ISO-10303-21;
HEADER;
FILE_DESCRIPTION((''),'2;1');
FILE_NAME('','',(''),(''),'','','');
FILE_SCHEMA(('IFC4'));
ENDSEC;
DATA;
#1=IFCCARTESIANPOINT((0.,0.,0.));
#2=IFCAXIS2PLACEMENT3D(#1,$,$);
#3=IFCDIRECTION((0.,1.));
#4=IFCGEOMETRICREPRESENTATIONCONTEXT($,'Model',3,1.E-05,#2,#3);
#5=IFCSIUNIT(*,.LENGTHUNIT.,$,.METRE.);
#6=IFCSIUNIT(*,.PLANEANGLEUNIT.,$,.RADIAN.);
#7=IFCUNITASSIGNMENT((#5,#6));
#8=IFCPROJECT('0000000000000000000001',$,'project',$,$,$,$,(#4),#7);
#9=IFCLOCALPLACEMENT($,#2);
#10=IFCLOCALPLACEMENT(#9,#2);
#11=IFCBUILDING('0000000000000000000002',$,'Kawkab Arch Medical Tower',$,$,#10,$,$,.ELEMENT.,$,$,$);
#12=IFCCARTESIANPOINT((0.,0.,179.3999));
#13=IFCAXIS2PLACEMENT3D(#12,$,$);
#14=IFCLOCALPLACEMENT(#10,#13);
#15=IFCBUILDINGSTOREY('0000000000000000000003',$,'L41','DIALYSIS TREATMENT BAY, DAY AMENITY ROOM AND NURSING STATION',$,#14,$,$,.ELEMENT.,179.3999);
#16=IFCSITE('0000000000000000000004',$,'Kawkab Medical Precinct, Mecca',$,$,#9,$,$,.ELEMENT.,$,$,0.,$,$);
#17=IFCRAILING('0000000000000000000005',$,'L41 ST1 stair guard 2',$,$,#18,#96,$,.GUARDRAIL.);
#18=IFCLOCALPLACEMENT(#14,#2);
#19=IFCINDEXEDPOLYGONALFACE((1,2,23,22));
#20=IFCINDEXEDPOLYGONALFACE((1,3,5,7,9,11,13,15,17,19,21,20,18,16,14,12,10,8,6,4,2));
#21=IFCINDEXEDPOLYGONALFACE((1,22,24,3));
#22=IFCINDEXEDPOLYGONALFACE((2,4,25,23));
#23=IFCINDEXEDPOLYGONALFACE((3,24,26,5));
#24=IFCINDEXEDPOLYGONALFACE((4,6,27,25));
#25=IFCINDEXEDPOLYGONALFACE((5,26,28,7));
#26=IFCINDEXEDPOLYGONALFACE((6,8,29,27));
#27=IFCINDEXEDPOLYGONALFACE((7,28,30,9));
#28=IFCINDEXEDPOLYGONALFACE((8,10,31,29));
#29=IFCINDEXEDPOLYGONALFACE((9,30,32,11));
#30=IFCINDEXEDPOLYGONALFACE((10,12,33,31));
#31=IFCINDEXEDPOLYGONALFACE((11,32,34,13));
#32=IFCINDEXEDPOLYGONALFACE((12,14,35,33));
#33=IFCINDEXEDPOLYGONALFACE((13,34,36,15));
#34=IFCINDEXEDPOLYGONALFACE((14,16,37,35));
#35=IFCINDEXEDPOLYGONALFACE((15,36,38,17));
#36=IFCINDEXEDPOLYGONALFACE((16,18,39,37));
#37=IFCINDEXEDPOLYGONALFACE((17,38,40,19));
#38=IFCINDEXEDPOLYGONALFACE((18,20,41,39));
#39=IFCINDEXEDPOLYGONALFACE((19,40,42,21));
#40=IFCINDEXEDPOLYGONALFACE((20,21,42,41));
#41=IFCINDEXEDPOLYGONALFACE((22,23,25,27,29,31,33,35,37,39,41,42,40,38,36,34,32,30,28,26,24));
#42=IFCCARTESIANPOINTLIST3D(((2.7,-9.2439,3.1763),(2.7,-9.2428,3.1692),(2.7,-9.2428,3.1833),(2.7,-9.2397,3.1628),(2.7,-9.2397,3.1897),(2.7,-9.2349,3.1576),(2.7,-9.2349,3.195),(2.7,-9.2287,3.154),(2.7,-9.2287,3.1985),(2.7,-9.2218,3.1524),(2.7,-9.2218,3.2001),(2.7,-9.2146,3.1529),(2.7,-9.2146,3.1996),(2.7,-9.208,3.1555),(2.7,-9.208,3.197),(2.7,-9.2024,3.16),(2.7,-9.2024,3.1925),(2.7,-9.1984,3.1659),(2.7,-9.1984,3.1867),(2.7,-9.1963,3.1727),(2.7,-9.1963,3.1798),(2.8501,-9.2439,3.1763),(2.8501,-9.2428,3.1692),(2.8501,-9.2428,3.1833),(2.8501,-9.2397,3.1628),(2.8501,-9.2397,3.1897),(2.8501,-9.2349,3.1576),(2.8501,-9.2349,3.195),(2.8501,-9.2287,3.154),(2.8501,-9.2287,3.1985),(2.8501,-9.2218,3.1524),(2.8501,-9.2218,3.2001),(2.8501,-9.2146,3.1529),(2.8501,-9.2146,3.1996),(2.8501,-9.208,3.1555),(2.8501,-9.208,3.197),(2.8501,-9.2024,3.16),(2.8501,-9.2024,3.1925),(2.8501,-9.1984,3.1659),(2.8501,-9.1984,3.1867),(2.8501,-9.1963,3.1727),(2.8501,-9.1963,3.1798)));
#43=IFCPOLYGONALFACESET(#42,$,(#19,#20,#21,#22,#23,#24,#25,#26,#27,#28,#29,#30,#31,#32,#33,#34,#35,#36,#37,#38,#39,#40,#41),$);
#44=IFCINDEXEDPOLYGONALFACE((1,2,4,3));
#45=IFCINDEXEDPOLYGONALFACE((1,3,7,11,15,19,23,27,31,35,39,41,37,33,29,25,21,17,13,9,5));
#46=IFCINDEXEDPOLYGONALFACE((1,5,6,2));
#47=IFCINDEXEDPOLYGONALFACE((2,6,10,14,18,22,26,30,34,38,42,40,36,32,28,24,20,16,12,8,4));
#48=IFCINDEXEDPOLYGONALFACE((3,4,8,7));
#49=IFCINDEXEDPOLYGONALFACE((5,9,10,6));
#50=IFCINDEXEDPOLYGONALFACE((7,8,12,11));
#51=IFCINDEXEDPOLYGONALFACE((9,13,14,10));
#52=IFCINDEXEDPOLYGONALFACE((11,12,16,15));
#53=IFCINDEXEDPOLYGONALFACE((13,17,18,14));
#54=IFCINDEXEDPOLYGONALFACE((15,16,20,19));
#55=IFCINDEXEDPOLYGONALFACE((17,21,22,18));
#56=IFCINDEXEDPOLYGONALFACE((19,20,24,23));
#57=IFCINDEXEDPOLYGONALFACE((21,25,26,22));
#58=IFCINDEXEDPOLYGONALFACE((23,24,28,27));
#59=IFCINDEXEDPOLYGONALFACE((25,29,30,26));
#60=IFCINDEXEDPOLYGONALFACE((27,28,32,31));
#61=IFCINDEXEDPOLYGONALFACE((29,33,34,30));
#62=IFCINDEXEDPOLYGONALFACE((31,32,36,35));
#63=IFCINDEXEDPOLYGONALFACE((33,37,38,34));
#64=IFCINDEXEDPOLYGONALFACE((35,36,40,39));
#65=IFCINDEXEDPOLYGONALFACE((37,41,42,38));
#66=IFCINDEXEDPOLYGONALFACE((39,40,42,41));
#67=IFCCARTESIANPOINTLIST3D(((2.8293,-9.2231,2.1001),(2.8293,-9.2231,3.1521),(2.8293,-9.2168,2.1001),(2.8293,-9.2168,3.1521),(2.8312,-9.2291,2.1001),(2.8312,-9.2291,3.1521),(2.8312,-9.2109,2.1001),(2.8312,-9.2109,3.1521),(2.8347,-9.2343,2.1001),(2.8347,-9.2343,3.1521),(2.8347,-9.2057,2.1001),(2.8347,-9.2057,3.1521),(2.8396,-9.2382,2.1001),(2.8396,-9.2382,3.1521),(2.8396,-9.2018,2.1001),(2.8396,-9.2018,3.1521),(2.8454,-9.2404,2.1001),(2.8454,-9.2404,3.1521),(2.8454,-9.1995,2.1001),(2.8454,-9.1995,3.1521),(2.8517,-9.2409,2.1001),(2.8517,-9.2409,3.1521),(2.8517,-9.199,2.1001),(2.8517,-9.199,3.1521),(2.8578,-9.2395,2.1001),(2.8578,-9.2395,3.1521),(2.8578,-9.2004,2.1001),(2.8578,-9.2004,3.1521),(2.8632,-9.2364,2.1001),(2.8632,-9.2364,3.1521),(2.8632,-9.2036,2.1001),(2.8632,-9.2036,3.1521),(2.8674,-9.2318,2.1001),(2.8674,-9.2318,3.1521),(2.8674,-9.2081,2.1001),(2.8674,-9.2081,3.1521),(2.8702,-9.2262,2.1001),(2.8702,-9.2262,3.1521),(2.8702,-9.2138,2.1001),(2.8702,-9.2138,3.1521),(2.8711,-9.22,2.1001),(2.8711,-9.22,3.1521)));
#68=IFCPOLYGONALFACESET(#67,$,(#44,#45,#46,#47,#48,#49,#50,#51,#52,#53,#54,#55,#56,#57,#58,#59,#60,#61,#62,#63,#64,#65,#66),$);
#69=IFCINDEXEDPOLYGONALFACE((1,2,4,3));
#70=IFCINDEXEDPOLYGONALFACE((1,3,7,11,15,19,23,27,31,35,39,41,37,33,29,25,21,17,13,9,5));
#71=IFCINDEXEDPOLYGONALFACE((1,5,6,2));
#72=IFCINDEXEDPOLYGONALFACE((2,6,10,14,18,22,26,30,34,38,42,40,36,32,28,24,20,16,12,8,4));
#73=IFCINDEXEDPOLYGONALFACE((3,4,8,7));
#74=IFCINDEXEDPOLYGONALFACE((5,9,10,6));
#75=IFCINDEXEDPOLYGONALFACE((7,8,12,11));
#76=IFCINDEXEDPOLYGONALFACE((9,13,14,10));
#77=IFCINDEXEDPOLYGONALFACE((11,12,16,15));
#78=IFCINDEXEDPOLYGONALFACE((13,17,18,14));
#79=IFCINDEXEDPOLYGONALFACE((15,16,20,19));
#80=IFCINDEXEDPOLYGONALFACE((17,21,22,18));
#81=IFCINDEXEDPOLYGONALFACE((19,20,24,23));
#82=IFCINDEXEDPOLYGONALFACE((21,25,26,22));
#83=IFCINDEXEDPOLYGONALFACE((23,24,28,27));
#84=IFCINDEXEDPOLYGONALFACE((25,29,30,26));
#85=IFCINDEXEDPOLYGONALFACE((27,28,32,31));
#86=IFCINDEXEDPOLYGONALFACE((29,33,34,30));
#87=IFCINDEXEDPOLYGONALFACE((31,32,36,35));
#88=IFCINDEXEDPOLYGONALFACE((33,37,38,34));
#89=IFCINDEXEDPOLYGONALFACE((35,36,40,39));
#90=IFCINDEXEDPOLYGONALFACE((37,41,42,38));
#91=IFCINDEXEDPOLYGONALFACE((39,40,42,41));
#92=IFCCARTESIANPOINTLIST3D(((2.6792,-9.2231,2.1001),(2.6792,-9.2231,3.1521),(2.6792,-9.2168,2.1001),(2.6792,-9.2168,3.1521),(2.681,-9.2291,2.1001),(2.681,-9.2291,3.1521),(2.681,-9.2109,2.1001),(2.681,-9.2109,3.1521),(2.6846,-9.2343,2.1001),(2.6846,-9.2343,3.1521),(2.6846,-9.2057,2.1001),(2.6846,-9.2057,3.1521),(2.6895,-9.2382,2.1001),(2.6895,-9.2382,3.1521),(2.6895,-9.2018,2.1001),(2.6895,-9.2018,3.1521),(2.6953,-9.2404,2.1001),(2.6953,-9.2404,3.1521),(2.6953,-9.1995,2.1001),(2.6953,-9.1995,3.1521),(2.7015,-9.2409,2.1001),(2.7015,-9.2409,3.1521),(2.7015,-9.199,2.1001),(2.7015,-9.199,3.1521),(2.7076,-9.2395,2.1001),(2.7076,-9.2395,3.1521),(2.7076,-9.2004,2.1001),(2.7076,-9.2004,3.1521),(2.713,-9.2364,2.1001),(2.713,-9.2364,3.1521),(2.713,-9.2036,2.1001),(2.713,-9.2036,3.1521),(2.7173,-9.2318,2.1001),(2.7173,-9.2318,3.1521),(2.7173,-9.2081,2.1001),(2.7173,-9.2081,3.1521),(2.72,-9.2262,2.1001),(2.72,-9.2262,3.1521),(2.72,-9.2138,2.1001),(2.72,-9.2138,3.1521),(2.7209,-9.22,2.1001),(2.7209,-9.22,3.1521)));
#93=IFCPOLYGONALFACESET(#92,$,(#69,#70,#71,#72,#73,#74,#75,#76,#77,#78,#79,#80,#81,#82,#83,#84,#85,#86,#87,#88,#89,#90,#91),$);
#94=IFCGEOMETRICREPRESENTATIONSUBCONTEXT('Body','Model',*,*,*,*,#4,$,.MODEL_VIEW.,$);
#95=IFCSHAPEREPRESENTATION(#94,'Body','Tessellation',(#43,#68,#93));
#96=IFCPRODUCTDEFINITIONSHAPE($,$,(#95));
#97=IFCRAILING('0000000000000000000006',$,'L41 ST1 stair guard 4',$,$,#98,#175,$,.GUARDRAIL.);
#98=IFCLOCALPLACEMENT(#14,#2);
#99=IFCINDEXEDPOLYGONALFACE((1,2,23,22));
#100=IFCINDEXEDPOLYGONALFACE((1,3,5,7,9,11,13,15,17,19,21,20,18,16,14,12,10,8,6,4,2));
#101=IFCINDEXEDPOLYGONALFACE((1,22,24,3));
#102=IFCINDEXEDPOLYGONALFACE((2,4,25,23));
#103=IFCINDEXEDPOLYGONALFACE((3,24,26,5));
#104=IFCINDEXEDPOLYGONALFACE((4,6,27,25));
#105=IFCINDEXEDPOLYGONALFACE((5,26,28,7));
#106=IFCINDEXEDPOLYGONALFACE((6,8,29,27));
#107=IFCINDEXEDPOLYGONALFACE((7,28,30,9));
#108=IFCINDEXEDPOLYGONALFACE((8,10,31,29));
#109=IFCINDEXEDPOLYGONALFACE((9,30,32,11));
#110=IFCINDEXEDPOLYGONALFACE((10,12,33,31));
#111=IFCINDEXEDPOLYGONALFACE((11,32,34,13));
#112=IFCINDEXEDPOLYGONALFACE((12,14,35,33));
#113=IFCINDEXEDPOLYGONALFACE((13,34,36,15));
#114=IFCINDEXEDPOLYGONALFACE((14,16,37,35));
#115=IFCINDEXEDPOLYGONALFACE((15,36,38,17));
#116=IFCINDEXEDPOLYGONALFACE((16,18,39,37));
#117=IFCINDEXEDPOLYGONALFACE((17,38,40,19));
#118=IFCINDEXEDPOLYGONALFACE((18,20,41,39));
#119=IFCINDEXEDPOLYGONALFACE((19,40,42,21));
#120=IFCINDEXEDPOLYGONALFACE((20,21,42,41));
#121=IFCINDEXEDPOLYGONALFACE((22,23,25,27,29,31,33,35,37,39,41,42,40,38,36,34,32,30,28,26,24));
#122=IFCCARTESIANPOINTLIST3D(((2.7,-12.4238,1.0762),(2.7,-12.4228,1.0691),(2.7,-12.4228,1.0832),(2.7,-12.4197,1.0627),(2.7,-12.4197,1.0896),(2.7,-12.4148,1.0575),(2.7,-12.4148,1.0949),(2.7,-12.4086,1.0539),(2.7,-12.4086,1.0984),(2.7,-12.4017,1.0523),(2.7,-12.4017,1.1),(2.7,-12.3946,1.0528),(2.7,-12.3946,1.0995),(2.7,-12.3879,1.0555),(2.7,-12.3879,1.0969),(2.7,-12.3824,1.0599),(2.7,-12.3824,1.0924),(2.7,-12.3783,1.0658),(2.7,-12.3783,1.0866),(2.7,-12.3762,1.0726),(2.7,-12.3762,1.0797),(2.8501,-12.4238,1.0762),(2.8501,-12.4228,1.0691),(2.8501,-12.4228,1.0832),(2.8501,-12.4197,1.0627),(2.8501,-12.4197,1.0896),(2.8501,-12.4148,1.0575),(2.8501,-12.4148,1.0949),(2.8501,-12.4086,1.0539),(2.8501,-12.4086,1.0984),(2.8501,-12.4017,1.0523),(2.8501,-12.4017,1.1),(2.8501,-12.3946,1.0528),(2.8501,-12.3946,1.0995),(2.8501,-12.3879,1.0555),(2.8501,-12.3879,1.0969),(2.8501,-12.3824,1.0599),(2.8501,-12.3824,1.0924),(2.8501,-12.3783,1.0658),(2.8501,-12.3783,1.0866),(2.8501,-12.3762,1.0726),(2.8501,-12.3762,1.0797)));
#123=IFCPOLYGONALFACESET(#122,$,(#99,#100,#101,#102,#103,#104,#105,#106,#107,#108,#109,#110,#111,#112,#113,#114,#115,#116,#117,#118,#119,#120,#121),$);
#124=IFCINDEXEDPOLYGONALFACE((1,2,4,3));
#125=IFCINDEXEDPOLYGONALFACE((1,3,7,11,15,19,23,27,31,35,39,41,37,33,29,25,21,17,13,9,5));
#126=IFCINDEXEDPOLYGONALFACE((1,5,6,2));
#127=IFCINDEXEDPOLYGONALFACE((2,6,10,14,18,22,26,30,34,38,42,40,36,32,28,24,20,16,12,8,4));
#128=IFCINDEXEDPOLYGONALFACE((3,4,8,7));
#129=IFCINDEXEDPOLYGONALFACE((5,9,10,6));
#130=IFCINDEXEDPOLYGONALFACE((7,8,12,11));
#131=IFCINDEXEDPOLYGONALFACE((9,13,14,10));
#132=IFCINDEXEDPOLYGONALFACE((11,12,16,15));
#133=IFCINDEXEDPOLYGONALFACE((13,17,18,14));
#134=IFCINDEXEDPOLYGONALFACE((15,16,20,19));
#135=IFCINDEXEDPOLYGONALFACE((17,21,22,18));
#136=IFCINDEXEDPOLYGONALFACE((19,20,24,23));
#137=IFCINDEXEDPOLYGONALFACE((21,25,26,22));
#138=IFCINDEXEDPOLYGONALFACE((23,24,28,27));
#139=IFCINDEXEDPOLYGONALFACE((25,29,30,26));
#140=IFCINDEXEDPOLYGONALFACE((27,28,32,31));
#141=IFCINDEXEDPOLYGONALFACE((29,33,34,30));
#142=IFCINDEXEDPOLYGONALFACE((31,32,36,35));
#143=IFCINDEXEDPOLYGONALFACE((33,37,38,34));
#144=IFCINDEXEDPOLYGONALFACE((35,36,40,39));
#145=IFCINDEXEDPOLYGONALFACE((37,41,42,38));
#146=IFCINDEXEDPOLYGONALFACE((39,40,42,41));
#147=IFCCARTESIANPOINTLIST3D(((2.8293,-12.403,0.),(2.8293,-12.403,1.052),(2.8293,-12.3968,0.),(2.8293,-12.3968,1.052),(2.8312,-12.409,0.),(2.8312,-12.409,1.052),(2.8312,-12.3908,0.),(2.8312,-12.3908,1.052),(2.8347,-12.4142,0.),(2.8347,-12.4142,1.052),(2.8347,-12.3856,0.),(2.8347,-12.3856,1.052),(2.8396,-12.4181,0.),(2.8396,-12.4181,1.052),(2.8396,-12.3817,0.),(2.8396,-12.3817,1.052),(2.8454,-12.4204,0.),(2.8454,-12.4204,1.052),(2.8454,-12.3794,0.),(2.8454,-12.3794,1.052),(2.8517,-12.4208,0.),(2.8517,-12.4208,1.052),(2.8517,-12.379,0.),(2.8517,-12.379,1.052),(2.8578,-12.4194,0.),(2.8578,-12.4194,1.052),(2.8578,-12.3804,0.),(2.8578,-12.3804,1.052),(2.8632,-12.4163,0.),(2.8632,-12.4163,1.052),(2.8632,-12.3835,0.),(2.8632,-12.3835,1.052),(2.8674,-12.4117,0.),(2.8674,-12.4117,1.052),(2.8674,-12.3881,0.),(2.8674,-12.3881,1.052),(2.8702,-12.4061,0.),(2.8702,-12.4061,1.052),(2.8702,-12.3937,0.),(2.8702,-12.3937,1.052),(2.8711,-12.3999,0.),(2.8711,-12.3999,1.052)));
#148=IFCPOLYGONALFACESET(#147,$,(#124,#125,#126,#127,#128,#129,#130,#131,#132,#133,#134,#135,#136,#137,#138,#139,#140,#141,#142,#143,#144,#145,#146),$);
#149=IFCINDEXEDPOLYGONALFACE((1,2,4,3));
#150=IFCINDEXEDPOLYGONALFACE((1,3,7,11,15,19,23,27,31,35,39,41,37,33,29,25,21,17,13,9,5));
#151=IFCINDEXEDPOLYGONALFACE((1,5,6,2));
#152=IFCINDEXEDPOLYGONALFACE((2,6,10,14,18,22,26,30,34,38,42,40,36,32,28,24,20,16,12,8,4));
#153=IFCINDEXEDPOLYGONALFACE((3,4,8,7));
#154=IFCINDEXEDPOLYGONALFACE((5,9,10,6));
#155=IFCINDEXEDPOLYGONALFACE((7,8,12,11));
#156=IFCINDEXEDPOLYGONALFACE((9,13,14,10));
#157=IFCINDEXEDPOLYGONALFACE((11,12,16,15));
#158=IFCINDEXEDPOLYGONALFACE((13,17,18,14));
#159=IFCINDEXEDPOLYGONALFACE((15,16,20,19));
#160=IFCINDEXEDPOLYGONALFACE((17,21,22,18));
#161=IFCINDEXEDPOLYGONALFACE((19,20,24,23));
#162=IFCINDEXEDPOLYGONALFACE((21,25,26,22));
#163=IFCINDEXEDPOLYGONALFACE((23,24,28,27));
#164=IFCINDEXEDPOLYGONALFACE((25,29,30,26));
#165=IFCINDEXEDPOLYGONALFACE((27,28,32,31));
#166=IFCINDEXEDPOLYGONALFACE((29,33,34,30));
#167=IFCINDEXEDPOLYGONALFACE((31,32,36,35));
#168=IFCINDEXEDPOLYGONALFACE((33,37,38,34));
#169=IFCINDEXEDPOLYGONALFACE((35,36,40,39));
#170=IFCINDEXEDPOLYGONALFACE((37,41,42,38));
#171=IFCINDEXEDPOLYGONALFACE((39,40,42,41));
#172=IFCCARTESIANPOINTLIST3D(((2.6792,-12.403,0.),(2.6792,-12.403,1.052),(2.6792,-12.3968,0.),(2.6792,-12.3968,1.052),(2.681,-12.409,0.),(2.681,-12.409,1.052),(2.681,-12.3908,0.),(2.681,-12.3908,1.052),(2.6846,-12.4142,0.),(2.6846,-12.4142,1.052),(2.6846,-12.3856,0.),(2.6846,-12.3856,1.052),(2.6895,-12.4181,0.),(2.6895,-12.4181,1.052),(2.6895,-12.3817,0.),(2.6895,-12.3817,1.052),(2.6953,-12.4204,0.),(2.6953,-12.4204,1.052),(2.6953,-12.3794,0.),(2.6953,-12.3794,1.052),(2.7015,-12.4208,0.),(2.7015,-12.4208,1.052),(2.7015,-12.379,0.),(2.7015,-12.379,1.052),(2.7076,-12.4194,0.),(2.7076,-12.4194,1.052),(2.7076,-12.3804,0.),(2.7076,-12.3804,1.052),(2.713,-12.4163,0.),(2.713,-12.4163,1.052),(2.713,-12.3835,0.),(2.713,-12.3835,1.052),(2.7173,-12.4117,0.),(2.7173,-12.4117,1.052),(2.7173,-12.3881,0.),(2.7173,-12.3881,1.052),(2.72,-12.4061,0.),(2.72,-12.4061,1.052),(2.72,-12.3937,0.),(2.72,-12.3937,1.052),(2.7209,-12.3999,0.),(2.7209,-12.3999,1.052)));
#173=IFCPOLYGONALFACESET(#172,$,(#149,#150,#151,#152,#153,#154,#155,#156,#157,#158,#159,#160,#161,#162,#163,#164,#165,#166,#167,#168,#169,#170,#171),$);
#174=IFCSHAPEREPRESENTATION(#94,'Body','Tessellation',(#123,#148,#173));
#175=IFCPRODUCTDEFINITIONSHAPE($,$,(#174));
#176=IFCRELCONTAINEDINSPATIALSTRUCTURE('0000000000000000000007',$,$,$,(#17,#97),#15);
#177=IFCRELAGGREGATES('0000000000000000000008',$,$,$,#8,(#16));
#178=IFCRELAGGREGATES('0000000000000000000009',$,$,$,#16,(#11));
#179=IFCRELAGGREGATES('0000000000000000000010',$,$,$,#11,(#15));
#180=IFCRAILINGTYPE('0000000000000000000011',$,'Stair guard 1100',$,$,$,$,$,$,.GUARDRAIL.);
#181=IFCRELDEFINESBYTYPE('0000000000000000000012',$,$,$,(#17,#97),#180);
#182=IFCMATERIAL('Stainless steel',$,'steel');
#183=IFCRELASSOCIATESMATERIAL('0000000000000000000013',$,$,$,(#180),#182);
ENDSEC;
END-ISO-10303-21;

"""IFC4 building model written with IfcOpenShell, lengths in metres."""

from ifc_helpers import new_model, si_unit, direction, frame, origin, origin_2d, place, context, subcontext, project, spatial, circle, extrude, material, type_object, element, save


model = new_model("IFC4")

# Units and contexts
model_context = context("Model", 3, precision=1e-05, world=origin(), true_north=direction((0.0, 1.0)))
body_context = subcontext(model_context, "Body", "Model", "MODEL_VIEW")
ifc_project = project(units=[si_unit("LENGTHUNIT", "METRE"), si_unit("PLANEANGLEUNIT", "RADIAN")], contexts=[model_context])

# Site, building, storey
site_placement = place(None, origin())
site = spatial("IfcSite", under=ifc_project, at=site_placement, Name="Kawkab Medical Precinct, Mecca", CompositionType="ELEMENT", RefElevation=0.0)
building_placement = place(site_placement, origin())
building = spatial("IfcBuilding", under=site, at=building_placement, Name="Kawkab Arch Medical Tower", CompositionType="ELEMENT")
storey_placement = place(building_placement, frame((0.0, 0.0, 179.3999)))
storey = spatial("IfcBuildingStorey", under=building, at=storey_placement, Name="L41", Description="DIALYSIS TREATMENT BAY, DAY AMENITY ROOM AND NURSING STATION", CompositionType="ELEMENT", Elevation=179.3999)

# Railings
ifc_material_1 = material(Name="Stainless steel", Category="steel")
railing_type = type_object("IfcRailingType", Name="Stair guard 1100", PredefinedType="GUARDRAIL", material=ifc_material_1)
for number, where, name in (
    (1, (2.8501, -9.22, 2.1001), "L41 ST1 stair guard 2"),
    (2, (2.8501, -12.3999, 0.0), "L41 ST1 stair guard 4"),
):
    element("IfcRailing", number, at=place(storey_placement, frame(where)), inside=storey, type_object=railing_type, Name=name, PredefinedType="GUARDRAIL", context=body_context, shape_type="SweptSolid", body=[
        extrude(circle(Radius=0.0239, at=origin_2d()), frame((0.0, 0.0, 1.0762), z_axis=(-1.0, 0.0, 0.0), x_axis=(0.0, -1.0, 0.0)), (0.0, 0.0, 1.0), 0.1501),
        extrude(circle(Radius=0.021, at=origin_2d()), origin(), (0.0, 0.0, 1.0), 1.052),
        extrude(circle(Radius=0.021, at=origin_2d()), frame((-0.1501, 0.0, 0.0)), (0.0, 0.0, 1.0), 1.052),
    ])

save(model, "model.ifc")
